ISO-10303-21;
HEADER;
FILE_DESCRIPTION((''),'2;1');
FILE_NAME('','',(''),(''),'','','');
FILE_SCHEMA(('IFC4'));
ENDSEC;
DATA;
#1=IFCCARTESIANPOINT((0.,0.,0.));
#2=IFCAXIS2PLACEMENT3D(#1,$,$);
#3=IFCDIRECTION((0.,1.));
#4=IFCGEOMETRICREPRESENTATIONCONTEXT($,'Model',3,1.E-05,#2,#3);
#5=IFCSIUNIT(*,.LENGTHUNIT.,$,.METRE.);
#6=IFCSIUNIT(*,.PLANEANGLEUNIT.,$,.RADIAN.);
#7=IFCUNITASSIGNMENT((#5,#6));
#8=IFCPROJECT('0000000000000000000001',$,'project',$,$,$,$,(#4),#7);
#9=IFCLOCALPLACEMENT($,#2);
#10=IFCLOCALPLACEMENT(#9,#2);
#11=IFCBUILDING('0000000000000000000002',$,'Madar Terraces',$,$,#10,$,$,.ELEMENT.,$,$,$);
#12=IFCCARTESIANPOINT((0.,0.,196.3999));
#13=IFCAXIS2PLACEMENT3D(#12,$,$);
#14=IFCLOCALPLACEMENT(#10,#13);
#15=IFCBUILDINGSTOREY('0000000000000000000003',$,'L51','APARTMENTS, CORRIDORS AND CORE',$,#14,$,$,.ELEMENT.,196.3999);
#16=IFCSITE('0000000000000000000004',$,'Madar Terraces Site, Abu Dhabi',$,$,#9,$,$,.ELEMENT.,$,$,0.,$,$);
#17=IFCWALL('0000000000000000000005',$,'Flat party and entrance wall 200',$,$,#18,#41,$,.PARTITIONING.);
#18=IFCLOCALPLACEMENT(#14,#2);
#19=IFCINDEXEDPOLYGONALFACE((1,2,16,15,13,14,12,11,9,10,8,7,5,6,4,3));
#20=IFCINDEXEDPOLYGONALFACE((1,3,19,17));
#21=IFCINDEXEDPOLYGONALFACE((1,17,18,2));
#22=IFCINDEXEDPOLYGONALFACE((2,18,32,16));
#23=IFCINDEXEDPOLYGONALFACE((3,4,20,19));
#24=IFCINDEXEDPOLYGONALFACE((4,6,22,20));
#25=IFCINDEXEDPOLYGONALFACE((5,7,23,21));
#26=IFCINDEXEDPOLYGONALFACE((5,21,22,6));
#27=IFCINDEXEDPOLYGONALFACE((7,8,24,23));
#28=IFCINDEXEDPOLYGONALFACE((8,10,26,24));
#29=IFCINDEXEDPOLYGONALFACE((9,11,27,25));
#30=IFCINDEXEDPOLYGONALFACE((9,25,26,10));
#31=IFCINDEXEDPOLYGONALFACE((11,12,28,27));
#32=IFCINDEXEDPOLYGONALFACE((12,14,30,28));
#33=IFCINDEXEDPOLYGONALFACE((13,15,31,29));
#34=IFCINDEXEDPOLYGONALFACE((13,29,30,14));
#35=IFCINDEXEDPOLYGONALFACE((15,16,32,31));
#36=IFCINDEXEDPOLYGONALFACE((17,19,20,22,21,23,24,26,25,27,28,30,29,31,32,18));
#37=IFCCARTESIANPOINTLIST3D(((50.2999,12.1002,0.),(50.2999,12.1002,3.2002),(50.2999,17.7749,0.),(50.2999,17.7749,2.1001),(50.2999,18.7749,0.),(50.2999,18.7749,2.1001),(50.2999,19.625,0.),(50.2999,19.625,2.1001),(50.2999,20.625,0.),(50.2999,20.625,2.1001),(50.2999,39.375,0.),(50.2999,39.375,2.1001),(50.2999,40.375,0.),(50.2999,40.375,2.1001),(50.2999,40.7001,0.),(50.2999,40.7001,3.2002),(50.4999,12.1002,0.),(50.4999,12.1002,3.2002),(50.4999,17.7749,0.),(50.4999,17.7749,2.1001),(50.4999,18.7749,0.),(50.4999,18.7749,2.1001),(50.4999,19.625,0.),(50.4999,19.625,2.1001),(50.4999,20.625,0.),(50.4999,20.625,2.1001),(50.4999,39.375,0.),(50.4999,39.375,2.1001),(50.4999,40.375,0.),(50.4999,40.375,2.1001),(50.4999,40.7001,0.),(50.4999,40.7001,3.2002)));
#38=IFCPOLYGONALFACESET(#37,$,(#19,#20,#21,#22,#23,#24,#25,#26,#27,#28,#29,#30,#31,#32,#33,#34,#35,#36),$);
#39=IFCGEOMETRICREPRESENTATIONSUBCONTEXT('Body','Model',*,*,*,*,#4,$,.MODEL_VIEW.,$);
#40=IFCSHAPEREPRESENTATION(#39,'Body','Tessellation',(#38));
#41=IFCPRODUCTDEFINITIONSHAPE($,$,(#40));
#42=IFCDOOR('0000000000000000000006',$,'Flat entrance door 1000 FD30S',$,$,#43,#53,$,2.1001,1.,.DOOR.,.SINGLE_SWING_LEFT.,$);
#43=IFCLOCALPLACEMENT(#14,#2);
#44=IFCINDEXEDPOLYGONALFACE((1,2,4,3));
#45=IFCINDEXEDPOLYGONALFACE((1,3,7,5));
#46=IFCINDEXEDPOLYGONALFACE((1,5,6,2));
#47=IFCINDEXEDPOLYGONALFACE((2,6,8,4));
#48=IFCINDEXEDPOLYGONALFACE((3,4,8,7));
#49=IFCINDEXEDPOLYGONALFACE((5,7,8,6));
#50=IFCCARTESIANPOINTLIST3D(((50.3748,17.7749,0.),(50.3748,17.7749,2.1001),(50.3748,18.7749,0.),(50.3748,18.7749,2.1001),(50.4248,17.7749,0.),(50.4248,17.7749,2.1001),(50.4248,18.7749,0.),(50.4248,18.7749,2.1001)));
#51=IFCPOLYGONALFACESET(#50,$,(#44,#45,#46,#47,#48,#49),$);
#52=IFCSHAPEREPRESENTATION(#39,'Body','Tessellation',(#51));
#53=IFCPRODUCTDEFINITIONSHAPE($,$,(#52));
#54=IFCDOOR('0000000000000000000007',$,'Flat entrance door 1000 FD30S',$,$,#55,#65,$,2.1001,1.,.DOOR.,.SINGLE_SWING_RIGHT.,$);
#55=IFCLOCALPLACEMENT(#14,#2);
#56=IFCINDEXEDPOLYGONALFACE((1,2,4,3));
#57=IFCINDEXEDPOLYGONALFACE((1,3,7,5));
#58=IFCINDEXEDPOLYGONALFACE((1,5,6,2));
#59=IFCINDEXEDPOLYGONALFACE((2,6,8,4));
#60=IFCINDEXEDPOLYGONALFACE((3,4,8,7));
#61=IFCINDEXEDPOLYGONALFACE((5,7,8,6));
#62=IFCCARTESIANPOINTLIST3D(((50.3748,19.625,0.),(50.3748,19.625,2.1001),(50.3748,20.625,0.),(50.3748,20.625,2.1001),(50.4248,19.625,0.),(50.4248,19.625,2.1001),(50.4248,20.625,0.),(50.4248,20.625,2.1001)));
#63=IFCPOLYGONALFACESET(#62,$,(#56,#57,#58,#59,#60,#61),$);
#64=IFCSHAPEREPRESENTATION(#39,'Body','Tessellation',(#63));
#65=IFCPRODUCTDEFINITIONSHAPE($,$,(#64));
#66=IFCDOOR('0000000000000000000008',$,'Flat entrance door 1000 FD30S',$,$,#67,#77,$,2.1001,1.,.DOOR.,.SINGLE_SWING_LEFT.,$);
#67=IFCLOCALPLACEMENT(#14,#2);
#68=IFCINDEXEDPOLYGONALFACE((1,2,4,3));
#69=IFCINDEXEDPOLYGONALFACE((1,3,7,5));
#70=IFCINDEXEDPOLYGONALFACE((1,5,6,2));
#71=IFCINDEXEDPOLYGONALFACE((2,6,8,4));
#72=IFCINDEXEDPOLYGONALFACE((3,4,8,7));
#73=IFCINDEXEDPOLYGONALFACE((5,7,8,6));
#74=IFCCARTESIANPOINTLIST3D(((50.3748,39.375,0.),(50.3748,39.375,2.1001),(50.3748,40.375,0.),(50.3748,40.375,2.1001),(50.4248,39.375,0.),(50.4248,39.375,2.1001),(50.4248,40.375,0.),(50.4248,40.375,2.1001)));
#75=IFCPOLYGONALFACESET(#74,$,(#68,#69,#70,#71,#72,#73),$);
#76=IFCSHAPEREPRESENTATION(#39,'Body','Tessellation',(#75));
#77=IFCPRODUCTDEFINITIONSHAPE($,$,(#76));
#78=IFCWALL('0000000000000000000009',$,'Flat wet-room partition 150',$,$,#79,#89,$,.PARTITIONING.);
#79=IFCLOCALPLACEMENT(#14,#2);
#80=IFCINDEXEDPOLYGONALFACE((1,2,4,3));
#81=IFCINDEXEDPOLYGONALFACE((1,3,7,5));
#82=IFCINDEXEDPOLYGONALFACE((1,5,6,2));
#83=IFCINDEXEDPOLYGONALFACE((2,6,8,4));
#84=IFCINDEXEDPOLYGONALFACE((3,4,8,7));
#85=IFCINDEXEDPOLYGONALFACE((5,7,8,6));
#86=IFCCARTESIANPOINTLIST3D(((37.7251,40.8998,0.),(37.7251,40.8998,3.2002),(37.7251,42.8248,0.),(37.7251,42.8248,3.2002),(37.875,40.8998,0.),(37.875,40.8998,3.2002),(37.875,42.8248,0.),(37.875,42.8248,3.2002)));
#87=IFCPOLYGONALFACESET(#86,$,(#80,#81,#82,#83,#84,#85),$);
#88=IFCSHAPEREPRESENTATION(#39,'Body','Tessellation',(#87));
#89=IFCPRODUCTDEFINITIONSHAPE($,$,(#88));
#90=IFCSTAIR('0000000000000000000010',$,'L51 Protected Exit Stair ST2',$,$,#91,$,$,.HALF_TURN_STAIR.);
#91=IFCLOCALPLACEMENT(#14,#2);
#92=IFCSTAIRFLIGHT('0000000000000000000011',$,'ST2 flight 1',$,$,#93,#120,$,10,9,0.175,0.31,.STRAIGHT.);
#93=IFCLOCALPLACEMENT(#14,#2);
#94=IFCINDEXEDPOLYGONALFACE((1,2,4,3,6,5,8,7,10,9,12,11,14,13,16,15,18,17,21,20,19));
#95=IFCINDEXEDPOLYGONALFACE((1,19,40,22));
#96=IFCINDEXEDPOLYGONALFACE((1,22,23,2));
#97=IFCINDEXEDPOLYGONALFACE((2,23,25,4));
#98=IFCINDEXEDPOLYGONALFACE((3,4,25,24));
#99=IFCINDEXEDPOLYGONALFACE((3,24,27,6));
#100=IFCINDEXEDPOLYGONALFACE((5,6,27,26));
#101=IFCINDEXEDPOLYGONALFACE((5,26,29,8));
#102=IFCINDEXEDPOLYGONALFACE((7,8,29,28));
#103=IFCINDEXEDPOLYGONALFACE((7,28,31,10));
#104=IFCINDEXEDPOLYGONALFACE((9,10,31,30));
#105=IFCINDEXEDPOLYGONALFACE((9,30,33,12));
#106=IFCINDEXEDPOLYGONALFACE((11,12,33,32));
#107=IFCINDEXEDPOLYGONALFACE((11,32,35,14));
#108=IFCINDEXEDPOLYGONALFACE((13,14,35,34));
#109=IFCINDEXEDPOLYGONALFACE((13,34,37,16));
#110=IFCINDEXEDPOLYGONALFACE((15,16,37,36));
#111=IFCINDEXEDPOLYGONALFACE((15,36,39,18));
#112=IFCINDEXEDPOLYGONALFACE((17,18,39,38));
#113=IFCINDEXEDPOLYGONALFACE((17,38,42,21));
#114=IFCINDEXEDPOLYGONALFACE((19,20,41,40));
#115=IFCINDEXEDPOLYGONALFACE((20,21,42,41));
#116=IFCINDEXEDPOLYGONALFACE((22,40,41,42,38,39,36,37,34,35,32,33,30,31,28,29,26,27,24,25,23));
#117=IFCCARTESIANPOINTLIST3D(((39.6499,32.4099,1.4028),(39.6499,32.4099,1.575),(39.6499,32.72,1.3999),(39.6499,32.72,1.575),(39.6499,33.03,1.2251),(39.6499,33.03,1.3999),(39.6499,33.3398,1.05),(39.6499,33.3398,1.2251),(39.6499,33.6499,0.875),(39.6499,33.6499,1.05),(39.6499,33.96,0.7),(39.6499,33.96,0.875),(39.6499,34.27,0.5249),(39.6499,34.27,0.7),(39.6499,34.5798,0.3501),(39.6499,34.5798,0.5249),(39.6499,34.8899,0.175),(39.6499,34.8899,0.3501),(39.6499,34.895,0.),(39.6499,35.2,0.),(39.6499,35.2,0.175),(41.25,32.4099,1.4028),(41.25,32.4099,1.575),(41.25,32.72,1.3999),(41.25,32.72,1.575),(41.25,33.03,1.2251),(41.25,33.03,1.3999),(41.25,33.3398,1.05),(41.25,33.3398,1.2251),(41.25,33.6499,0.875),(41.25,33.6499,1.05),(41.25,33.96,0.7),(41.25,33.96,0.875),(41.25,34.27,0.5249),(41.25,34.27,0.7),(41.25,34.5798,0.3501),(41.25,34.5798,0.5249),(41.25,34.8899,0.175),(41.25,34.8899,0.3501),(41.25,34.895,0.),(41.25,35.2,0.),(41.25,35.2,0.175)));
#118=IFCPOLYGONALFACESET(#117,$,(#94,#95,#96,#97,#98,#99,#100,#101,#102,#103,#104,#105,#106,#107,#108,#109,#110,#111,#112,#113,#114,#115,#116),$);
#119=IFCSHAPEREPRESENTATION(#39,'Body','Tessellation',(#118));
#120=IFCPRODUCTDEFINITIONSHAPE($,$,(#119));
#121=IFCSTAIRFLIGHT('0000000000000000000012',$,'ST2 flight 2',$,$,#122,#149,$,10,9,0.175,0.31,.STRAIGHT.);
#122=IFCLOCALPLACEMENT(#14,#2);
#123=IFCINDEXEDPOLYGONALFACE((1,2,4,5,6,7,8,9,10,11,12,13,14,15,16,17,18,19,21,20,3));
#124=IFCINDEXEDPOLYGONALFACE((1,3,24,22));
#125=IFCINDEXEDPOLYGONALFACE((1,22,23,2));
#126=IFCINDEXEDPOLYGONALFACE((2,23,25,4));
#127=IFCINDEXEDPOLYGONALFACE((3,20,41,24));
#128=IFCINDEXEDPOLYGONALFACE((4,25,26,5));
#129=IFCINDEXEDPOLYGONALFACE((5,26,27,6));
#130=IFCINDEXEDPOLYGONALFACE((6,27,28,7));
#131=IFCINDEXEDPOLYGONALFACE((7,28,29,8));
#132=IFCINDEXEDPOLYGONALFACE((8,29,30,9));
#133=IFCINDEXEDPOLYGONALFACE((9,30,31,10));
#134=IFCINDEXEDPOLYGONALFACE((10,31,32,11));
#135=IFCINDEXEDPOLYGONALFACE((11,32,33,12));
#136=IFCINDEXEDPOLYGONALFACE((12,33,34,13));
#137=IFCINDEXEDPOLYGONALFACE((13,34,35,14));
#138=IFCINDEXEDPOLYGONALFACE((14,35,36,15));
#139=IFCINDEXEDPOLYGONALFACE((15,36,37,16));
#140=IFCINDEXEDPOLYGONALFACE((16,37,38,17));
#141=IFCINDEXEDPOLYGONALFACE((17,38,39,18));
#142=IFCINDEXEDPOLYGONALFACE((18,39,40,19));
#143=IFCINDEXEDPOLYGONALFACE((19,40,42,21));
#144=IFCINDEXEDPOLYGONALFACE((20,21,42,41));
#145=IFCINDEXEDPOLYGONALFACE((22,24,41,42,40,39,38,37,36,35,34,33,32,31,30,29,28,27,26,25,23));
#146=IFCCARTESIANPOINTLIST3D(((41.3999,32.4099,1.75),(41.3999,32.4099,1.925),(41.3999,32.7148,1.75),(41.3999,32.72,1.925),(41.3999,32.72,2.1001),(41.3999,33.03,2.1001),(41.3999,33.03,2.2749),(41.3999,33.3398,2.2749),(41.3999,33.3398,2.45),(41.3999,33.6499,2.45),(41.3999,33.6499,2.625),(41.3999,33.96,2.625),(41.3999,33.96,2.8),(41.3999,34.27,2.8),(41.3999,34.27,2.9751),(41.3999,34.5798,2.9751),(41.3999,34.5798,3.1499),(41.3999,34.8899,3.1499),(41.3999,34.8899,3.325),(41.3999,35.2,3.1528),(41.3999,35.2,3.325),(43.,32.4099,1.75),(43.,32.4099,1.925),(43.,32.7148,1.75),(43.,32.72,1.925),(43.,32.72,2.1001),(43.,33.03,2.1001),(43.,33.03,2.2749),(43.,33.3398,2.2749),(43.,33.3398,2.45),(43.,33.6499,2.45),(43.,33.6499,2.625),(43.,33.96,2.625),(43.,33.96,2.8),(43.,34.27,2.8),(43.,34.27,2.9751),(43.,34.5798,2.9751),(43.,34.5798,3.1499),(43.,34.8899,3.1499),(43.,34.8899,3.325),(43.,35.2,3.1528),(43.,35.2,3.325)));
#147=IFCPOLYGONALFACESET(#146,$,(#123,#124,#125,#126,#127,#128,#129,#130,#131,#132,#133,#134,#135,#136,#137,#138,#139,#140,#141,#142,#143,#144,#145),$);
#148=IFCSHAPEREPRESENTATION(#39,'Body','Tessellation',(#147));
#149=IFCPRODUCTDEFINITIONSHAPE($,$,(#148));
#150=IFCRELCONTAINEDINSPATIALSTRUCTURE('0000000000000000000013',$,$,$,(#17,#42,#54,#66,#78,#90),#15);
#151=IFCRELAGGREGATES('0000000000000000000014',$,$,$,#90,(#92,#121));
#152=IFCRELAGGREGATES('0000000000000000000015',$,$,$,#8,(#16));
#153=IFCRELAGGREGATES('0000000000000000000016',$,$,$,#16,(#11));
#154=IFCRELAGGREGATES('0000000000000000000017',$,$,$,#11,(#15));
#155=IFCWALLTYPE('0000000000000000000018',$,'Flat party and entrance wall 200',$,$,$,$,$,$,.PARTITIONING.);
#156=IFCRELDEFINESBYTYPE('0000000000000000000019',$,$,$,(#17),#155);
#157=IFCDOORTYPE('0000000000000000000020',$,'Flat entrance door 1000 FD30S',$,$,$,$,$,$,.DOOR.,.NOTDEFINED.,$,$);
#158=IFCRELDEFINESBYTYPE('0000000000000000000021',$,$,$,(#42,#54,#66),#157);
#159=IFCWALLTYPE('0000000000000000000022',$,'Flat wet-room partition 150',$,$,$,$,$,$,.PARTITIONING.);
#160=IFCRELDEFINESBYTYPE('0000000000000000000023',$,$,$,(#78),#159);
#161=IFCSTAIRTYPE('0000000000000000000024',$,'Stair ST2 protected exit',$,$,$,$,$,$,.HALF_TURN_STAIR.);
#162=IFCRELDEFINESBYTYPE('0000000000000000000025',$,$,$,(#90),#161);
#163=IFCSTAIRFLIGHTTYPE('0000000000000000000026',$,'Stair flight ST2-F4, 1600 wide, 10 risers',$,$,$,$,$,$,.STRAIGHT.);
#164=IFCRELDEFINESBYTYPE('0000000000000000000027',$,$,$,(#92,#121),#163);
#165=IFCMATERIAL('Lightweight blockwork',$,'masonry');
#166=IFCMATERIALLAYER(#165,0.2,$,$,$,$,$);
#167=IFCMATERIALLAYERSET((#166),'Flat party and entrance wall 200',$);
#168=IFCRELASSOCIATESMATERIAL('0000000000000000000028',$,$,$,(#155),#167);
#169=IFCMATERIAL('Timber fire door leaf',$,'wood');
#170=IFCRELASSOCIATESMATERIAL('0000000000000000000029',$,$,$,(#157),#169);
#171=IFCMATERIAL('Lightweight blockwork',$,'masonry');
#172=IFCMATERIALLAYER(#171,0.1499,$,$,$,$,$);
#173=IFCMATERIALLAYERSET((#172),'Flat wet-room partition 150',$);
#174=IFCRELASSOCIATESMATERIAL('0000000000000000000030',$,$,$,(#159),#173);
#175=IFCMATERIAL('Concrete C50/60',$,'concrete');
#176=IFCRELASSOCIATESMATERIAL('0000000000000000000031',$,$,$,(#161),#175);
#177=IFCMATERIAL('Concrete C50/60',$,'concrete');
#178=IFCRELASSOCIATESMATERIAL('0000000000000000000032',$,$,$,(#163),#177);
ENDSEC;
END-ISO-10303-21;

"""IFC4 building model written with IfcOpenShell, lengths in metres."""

from ifc_helpers import new_model, si_unit, direction, frame, frame_2d, origin, place, context, subcontext, project, spatial, polyline, rectangle, outline, extrude, material, layer, layer_set, type_object, element, fill, aggregate, save


model = new_model("IFC4")

# Units and contexts
model_context = context("Model", 3, precision=1e-05, world=origin(), true_north=direction((0.0, 1.0)))
body_context = subcontext(model_context, "Body", "Model", "MODEL_VIEW")
ifc_project = project(units=[si_unit("LENGTHUNIT", "METRE"), si_unit("PLANEANGLEUNIT", "RADIAN")], contexts=[model_context])

# Site, building, storey
site_placement = place(None, origin())
site = spatial("IfcSite", under=ifc_project, at=site_placement, Name="Madar Terraces Site, Abu Dhabi", CompositionType="ELEMENT", RefElevation=0.0)
building_placement = place(site_placement, origin())
building = spatial("IfcBuilding", under=site, at=building_placement, Name="Madar Terraces", CompositionType="ELEMENT")
storey_placement = place(building_placement, frame((0.0, 0.0, 196.3999)))
storey = spatial("IfcBuildingStorey", under=building, at=storey_placement, Name="L51", Description="APARTMENTS, CORRIDORS AND CORE", CompositionType="ELEMENT", Elevation=196.3999)

# Wall, openings, doors
ifc_material_1 = material(Name="Lightweight blockwork", Category="masonry")
ifc_layer_1 = layer(ifc_material_1, 0.2)
ifc_layer_set_1 = layer_set([ifc_layer_1], Name="Flat party and entrance wall 200")
wall_type_1 = type_object("IfcWallType", Name="Flat party and entrance wall 200", PredefinedType="PARTITIONING", material=ifc_layer_set_1)
wall_1_placement = place(storey_placement, frame((50.3999, 40.7, 0.0), z_axis=(0.0, 0.0, 1.0), x_axis=(0.0, -1.0, 0.0)))
wall_1 = element("IfcWall", 1, at=wall_1_placement, inside=storey, type_object=wall_type_1, Name="Flat party and entrance wall 200", PredefinedType="PARTITIONING", context=body_context, shape_type="SweptSolid", body=[
    extrude(rectangle(XDim=28.5999, YDim=0.2, at=frame_2d((14.2998, 0.0))), origin(), (0.0, 0.0, 1.0), 3.2002),
])
opening_1_placement = place(wall_1_placement, frame((21.925, 0.0, 0.0)))
opening_1 = element("IfcOpeningElement", 2, at=opening_1_placement, cuts=wall_1, PredefinedType="OPENING", context=body_context, shape_type="SweptSolid", body=[
    extrude(rectangle(XDim=1.0, YDim=2.1001, at=frame_2d((0.5, 1.05))), frame((0.0, 0.1099, 0.0), z_axis=(0.0, -1.0, 0.0), x_axis=(1.0, 0.0, 0.0)), (0.0, 0.0, 1.0), 0.22),
])
opening_2_placement = place(wall_1_placement, frame((20.075, 0.0, 0.0)))
opening_2 = element("IfcOpeningElement", 3, at=opening_2_placement, cuts=wall_1, PredefinedType="OPENING", context=body_context, shape_type="SweptSolid", body=[
    extrude(rectangle(XDim=1.0, YDim=2.1001, at=frame_2d((0.5, 1.05))), frame((0.0, 0.1099, 0.0), z_axis=(0.0, -1.0, 0.0), x_axis=(1.0, 0.0, 0.0)), (0.0, 0.0, 1.0), 0.22),
])
opening_3_placement = place(wall_1_placement, frame((0.325, 0.0, 0.0)))
opening_3 = element("IfcOpeningElement", 4, at=opening_3_placement, cuts=wall_1, PredefinedType="OPENING", context=body_context, shape_type="SweptSolid", body=[
    extrude(rectangle(XDim=1.0, YDim=2.1001, at=frame_2d((0.5, 1.05))), frame((0.0, 0.1099, 0.0), z_axis=(0.0, -1.0, 0.0), x_axis=(1.0, 0.0, 0.0)), (0.0, 0.0, 1.0), 0.22),
])
ifc_material_2 = material(Name="Timber fire door leaf", Category="wood")
door_type_1 = type_object("IfcDoorType", Name="Flat entrance door 1000 FD30S", OperationType="NOTDEFINED", PredefinedType="DOOR", material=ifc_material_2)
door_1_placement = place(opening_1_placement, origin())
door_1 = element("IfcDoor", 5, at=door_1_placement, inside=storey, type_object=door_type_1, Name="Flat entrance door 1000 FD30S", OperationType="SINGLE_SWING_LEFT", OverallHeight=2.1001, OverallWidth=1.0, PredefinedType="DOOR", context=body_context, shape_type="SweptSolid", body=[
    extrude(rectangle(XDim=1.0, YDim=2.1001, at=frame_2d((0.5, 1.05))), frame((0.0, 0.0249, 0.0), z_axis=(0.0, -1.0, 0.0), x_axis=(1.0, 0.0, 0.0)), (0.0, 0.0, 1.0), 0.05),
])
fill(opening_1, door_1)
door_2_placement = place(opening_2_placement, origin())
door_2 = element("IfcDoor", 6, at=door_2_placement, inside=storey, type_object=door_type_1, Name="Flat entrance door 1000 FD30S", OperationType="SINGLE_SWING_RIGHT", OverallHeight=2.1001, OverallWidth=1.0, PredefinedType="DOOR", context=body_context, shape_type="SweptSolid", body=[
    extrude(rectangle(XDim=1.0, YDim=2.1001, at=frame_2d((0.5, 1.05))), frame((0.0, 0.0249, 0.0), z_axis=(0.0, -1.0, 0.0), x_axis=(1.0, 0.0, 0.0)), (0.0, 0.0, 1.0), 0.05),
])
fill(opening_2, door_2)
door_3_placement = place(opening_3_placement, origin())
door_3 = element("IfcDoor", 7, at=door_3_placement, inside=storey, type_object=door_type_1, Name="Flat entrance door 1000 FD30S", OperationType="SINGLE_SWING_LEFT", OverallHeight=2.1001, OverallWidth=1.0, PredefinedType="DOOR", context=body_context, shape_type="SweptSolid", body=[
    extrude(rectangle(XDim=1.0, YDim=2.1001, at=frame_2d((0.5, 1.05))), frame((0.0, 0.0249, 0.0), z_axis=(0.0, -1.0, 0.0), x_axis=(1.0, 0.0, 0.0)), (0.0, 0.0, 1.0), 0.05),
])
fill(opening_3, door_3)

# Wall
ifc_material_3 = material(Name="Lightweight blockwork", Category="masonry")
ifc_layer_2 = layer(ifc_material_3, 0.1499)
ifc_layer_set_2 = layer_set([ifc_layer_2], Name="Flat wet-room partition 150")
wall_type_2 = type_object("IfcWallType", Name="Flat wet-room partition 150", PredefinedType="PARTITIONING", material=ifc_layer_set_2)
wall_2_placement = place(storey_placement, frame((37.8, 40.8999, 0.0), z_axis=(0.0, 0.0, 1.0), x_axis=(0.0, 1.0, 0.0)))
element("IfcWall", 8, at=wall_2_placement, inside=storey, type_object=wall_type_2, Name="Flat wet-room partition 150", PredefinedType="PARTITIONING", context=body_context, shape_type="SweptSolid", body=[
    extrude(rectangle(XDim=1.925, YDim=0.1499, at=frame_2d((0.9624, 0.0))), origin(), (0.0, 0.0, 1.0), 3.2002),
])

# Stair, stair flights
ifc_material_4 = material(Name="Concrete C50/60", Category="concrete")
stair_type = type_object("IfcStairType", Name="Stair ST2 protected exit", PredefinedType="HALF_TURN_STAIR", material=ifc_material_4)
stair_placement = place(storey_placement, origin())
stair = element("IfcStair", 9, at=stair_placement, inside=storey, type_object=stair_type, Name="L51 Protected Exit Stair ST2", PredefinedType="HALF_TURN_STAIR")
ifc_material_5 = material(Name="Concrete C50/60", Category="concrete")
stair_flight_type = type_object("IfcStairFlightType", Name="Stair flight ST2-F4, 1600 wide, 10 risers", PredefinedType="STRAIGHT", material=ifc_material_5)
stair_flight_1_placement = place(storey_placement, frame((40.45, 35.2, 0.0), z_axis=(0.0, 0.0, 1.0), x_axis=(0.0, -1.0, 0.0)))
stair_flight_1 = element("IfcStairFlight", 10, at=stair_flight_1_placement, type_object=stair_flight_type, Name="ST2 flight 1", NumberOfRisers=10, NumberOfTreads=9, PredefinedType="STRAIGHT", RiserHeight=0.175, TreadLength=0.31, context=body_context, shape_type="SweptSolid", body=[
    extrude(outline(polyline([(0.0, 0.0), (0.0, 0.175), (0.3101, 0.175), (0.3101, 0.3501), (0.6201, 0.3501), (0.6201, 0.5249), (0.9299, 0.5249), (0.9299, 0.7), (1.24, 0.7), (1.24, 0.875), (1.55, 0.875), (1.55, 1.05), (1.8601, 1.05), (1.8601, 1.2251), (2.1699, 1.2251), (2.1699, 1.3999), (2.48, 1.3999), (2.48, 1.575), (2.79, 1.575), (2.79, 1.75), (2.79, 1.4028), (0.3049, 0.0), (0.0, 0.0)])), frame((0.0, 0.8, 0.0), z_axis=(0.0, -1.0, 0.0), x_axis=(1.0, 0.0, 0.0)), (0.0, 0.0, 1.0), 1.6001),
])
stair_flight_2_placement = place(storey_placement, frame((42.2, 32.4099, 1.75), z_axis=(0.0, 0.0, 1.0), x_axis=(0.0, 1.0, 0.0)))
stair_flight_2 = element("IfcStairFlight", 11, at=stair_flight_2_placement, type_object=stair_flight_type, Name="ST2 flight 2", NumberOfRisers=10, NumberOfTreads=9, PredefinedType="STRAIGHT", RiserHeight=0.175, TreadLength=0.31, context=body_context, shape_type="SweptSolid", body=[
    extrude(outline(polyline([(0.0, 0.0), (0.0, 0.175), (0.3101, 0.175), (0.3101, 0.3501), (0.6201, 0.3501), (0.6201, 0.5249), (0.9299, 0.5249), (0.9299, 0.7), (1.24, 0.7), (1.24, 0.875), (1.55, 0.875), (1.55, 1.05), (1.8601, 1.05), (1.8601, 1.2251), (2.1699, 1.2251), (2.1699, 1.3999), (2.48, 1.3999), (2.48, 1.575), (2.79, 1.575), (2.79, 1.75), (2.79, 1.4028), (0.3049, 0.0), (0.0, 0.0)])), frame((0.0, 0.8, 0.0), z_axis=(0.0, -1.0, 0.0), x_axis=(1.0, 0.0, 0.0)), (0.0, 0.0, 1.0), 1.6001),
])
aggregate(stair, [stair_flight_1, stair_flight_2])

save(model, "model.ifc")
